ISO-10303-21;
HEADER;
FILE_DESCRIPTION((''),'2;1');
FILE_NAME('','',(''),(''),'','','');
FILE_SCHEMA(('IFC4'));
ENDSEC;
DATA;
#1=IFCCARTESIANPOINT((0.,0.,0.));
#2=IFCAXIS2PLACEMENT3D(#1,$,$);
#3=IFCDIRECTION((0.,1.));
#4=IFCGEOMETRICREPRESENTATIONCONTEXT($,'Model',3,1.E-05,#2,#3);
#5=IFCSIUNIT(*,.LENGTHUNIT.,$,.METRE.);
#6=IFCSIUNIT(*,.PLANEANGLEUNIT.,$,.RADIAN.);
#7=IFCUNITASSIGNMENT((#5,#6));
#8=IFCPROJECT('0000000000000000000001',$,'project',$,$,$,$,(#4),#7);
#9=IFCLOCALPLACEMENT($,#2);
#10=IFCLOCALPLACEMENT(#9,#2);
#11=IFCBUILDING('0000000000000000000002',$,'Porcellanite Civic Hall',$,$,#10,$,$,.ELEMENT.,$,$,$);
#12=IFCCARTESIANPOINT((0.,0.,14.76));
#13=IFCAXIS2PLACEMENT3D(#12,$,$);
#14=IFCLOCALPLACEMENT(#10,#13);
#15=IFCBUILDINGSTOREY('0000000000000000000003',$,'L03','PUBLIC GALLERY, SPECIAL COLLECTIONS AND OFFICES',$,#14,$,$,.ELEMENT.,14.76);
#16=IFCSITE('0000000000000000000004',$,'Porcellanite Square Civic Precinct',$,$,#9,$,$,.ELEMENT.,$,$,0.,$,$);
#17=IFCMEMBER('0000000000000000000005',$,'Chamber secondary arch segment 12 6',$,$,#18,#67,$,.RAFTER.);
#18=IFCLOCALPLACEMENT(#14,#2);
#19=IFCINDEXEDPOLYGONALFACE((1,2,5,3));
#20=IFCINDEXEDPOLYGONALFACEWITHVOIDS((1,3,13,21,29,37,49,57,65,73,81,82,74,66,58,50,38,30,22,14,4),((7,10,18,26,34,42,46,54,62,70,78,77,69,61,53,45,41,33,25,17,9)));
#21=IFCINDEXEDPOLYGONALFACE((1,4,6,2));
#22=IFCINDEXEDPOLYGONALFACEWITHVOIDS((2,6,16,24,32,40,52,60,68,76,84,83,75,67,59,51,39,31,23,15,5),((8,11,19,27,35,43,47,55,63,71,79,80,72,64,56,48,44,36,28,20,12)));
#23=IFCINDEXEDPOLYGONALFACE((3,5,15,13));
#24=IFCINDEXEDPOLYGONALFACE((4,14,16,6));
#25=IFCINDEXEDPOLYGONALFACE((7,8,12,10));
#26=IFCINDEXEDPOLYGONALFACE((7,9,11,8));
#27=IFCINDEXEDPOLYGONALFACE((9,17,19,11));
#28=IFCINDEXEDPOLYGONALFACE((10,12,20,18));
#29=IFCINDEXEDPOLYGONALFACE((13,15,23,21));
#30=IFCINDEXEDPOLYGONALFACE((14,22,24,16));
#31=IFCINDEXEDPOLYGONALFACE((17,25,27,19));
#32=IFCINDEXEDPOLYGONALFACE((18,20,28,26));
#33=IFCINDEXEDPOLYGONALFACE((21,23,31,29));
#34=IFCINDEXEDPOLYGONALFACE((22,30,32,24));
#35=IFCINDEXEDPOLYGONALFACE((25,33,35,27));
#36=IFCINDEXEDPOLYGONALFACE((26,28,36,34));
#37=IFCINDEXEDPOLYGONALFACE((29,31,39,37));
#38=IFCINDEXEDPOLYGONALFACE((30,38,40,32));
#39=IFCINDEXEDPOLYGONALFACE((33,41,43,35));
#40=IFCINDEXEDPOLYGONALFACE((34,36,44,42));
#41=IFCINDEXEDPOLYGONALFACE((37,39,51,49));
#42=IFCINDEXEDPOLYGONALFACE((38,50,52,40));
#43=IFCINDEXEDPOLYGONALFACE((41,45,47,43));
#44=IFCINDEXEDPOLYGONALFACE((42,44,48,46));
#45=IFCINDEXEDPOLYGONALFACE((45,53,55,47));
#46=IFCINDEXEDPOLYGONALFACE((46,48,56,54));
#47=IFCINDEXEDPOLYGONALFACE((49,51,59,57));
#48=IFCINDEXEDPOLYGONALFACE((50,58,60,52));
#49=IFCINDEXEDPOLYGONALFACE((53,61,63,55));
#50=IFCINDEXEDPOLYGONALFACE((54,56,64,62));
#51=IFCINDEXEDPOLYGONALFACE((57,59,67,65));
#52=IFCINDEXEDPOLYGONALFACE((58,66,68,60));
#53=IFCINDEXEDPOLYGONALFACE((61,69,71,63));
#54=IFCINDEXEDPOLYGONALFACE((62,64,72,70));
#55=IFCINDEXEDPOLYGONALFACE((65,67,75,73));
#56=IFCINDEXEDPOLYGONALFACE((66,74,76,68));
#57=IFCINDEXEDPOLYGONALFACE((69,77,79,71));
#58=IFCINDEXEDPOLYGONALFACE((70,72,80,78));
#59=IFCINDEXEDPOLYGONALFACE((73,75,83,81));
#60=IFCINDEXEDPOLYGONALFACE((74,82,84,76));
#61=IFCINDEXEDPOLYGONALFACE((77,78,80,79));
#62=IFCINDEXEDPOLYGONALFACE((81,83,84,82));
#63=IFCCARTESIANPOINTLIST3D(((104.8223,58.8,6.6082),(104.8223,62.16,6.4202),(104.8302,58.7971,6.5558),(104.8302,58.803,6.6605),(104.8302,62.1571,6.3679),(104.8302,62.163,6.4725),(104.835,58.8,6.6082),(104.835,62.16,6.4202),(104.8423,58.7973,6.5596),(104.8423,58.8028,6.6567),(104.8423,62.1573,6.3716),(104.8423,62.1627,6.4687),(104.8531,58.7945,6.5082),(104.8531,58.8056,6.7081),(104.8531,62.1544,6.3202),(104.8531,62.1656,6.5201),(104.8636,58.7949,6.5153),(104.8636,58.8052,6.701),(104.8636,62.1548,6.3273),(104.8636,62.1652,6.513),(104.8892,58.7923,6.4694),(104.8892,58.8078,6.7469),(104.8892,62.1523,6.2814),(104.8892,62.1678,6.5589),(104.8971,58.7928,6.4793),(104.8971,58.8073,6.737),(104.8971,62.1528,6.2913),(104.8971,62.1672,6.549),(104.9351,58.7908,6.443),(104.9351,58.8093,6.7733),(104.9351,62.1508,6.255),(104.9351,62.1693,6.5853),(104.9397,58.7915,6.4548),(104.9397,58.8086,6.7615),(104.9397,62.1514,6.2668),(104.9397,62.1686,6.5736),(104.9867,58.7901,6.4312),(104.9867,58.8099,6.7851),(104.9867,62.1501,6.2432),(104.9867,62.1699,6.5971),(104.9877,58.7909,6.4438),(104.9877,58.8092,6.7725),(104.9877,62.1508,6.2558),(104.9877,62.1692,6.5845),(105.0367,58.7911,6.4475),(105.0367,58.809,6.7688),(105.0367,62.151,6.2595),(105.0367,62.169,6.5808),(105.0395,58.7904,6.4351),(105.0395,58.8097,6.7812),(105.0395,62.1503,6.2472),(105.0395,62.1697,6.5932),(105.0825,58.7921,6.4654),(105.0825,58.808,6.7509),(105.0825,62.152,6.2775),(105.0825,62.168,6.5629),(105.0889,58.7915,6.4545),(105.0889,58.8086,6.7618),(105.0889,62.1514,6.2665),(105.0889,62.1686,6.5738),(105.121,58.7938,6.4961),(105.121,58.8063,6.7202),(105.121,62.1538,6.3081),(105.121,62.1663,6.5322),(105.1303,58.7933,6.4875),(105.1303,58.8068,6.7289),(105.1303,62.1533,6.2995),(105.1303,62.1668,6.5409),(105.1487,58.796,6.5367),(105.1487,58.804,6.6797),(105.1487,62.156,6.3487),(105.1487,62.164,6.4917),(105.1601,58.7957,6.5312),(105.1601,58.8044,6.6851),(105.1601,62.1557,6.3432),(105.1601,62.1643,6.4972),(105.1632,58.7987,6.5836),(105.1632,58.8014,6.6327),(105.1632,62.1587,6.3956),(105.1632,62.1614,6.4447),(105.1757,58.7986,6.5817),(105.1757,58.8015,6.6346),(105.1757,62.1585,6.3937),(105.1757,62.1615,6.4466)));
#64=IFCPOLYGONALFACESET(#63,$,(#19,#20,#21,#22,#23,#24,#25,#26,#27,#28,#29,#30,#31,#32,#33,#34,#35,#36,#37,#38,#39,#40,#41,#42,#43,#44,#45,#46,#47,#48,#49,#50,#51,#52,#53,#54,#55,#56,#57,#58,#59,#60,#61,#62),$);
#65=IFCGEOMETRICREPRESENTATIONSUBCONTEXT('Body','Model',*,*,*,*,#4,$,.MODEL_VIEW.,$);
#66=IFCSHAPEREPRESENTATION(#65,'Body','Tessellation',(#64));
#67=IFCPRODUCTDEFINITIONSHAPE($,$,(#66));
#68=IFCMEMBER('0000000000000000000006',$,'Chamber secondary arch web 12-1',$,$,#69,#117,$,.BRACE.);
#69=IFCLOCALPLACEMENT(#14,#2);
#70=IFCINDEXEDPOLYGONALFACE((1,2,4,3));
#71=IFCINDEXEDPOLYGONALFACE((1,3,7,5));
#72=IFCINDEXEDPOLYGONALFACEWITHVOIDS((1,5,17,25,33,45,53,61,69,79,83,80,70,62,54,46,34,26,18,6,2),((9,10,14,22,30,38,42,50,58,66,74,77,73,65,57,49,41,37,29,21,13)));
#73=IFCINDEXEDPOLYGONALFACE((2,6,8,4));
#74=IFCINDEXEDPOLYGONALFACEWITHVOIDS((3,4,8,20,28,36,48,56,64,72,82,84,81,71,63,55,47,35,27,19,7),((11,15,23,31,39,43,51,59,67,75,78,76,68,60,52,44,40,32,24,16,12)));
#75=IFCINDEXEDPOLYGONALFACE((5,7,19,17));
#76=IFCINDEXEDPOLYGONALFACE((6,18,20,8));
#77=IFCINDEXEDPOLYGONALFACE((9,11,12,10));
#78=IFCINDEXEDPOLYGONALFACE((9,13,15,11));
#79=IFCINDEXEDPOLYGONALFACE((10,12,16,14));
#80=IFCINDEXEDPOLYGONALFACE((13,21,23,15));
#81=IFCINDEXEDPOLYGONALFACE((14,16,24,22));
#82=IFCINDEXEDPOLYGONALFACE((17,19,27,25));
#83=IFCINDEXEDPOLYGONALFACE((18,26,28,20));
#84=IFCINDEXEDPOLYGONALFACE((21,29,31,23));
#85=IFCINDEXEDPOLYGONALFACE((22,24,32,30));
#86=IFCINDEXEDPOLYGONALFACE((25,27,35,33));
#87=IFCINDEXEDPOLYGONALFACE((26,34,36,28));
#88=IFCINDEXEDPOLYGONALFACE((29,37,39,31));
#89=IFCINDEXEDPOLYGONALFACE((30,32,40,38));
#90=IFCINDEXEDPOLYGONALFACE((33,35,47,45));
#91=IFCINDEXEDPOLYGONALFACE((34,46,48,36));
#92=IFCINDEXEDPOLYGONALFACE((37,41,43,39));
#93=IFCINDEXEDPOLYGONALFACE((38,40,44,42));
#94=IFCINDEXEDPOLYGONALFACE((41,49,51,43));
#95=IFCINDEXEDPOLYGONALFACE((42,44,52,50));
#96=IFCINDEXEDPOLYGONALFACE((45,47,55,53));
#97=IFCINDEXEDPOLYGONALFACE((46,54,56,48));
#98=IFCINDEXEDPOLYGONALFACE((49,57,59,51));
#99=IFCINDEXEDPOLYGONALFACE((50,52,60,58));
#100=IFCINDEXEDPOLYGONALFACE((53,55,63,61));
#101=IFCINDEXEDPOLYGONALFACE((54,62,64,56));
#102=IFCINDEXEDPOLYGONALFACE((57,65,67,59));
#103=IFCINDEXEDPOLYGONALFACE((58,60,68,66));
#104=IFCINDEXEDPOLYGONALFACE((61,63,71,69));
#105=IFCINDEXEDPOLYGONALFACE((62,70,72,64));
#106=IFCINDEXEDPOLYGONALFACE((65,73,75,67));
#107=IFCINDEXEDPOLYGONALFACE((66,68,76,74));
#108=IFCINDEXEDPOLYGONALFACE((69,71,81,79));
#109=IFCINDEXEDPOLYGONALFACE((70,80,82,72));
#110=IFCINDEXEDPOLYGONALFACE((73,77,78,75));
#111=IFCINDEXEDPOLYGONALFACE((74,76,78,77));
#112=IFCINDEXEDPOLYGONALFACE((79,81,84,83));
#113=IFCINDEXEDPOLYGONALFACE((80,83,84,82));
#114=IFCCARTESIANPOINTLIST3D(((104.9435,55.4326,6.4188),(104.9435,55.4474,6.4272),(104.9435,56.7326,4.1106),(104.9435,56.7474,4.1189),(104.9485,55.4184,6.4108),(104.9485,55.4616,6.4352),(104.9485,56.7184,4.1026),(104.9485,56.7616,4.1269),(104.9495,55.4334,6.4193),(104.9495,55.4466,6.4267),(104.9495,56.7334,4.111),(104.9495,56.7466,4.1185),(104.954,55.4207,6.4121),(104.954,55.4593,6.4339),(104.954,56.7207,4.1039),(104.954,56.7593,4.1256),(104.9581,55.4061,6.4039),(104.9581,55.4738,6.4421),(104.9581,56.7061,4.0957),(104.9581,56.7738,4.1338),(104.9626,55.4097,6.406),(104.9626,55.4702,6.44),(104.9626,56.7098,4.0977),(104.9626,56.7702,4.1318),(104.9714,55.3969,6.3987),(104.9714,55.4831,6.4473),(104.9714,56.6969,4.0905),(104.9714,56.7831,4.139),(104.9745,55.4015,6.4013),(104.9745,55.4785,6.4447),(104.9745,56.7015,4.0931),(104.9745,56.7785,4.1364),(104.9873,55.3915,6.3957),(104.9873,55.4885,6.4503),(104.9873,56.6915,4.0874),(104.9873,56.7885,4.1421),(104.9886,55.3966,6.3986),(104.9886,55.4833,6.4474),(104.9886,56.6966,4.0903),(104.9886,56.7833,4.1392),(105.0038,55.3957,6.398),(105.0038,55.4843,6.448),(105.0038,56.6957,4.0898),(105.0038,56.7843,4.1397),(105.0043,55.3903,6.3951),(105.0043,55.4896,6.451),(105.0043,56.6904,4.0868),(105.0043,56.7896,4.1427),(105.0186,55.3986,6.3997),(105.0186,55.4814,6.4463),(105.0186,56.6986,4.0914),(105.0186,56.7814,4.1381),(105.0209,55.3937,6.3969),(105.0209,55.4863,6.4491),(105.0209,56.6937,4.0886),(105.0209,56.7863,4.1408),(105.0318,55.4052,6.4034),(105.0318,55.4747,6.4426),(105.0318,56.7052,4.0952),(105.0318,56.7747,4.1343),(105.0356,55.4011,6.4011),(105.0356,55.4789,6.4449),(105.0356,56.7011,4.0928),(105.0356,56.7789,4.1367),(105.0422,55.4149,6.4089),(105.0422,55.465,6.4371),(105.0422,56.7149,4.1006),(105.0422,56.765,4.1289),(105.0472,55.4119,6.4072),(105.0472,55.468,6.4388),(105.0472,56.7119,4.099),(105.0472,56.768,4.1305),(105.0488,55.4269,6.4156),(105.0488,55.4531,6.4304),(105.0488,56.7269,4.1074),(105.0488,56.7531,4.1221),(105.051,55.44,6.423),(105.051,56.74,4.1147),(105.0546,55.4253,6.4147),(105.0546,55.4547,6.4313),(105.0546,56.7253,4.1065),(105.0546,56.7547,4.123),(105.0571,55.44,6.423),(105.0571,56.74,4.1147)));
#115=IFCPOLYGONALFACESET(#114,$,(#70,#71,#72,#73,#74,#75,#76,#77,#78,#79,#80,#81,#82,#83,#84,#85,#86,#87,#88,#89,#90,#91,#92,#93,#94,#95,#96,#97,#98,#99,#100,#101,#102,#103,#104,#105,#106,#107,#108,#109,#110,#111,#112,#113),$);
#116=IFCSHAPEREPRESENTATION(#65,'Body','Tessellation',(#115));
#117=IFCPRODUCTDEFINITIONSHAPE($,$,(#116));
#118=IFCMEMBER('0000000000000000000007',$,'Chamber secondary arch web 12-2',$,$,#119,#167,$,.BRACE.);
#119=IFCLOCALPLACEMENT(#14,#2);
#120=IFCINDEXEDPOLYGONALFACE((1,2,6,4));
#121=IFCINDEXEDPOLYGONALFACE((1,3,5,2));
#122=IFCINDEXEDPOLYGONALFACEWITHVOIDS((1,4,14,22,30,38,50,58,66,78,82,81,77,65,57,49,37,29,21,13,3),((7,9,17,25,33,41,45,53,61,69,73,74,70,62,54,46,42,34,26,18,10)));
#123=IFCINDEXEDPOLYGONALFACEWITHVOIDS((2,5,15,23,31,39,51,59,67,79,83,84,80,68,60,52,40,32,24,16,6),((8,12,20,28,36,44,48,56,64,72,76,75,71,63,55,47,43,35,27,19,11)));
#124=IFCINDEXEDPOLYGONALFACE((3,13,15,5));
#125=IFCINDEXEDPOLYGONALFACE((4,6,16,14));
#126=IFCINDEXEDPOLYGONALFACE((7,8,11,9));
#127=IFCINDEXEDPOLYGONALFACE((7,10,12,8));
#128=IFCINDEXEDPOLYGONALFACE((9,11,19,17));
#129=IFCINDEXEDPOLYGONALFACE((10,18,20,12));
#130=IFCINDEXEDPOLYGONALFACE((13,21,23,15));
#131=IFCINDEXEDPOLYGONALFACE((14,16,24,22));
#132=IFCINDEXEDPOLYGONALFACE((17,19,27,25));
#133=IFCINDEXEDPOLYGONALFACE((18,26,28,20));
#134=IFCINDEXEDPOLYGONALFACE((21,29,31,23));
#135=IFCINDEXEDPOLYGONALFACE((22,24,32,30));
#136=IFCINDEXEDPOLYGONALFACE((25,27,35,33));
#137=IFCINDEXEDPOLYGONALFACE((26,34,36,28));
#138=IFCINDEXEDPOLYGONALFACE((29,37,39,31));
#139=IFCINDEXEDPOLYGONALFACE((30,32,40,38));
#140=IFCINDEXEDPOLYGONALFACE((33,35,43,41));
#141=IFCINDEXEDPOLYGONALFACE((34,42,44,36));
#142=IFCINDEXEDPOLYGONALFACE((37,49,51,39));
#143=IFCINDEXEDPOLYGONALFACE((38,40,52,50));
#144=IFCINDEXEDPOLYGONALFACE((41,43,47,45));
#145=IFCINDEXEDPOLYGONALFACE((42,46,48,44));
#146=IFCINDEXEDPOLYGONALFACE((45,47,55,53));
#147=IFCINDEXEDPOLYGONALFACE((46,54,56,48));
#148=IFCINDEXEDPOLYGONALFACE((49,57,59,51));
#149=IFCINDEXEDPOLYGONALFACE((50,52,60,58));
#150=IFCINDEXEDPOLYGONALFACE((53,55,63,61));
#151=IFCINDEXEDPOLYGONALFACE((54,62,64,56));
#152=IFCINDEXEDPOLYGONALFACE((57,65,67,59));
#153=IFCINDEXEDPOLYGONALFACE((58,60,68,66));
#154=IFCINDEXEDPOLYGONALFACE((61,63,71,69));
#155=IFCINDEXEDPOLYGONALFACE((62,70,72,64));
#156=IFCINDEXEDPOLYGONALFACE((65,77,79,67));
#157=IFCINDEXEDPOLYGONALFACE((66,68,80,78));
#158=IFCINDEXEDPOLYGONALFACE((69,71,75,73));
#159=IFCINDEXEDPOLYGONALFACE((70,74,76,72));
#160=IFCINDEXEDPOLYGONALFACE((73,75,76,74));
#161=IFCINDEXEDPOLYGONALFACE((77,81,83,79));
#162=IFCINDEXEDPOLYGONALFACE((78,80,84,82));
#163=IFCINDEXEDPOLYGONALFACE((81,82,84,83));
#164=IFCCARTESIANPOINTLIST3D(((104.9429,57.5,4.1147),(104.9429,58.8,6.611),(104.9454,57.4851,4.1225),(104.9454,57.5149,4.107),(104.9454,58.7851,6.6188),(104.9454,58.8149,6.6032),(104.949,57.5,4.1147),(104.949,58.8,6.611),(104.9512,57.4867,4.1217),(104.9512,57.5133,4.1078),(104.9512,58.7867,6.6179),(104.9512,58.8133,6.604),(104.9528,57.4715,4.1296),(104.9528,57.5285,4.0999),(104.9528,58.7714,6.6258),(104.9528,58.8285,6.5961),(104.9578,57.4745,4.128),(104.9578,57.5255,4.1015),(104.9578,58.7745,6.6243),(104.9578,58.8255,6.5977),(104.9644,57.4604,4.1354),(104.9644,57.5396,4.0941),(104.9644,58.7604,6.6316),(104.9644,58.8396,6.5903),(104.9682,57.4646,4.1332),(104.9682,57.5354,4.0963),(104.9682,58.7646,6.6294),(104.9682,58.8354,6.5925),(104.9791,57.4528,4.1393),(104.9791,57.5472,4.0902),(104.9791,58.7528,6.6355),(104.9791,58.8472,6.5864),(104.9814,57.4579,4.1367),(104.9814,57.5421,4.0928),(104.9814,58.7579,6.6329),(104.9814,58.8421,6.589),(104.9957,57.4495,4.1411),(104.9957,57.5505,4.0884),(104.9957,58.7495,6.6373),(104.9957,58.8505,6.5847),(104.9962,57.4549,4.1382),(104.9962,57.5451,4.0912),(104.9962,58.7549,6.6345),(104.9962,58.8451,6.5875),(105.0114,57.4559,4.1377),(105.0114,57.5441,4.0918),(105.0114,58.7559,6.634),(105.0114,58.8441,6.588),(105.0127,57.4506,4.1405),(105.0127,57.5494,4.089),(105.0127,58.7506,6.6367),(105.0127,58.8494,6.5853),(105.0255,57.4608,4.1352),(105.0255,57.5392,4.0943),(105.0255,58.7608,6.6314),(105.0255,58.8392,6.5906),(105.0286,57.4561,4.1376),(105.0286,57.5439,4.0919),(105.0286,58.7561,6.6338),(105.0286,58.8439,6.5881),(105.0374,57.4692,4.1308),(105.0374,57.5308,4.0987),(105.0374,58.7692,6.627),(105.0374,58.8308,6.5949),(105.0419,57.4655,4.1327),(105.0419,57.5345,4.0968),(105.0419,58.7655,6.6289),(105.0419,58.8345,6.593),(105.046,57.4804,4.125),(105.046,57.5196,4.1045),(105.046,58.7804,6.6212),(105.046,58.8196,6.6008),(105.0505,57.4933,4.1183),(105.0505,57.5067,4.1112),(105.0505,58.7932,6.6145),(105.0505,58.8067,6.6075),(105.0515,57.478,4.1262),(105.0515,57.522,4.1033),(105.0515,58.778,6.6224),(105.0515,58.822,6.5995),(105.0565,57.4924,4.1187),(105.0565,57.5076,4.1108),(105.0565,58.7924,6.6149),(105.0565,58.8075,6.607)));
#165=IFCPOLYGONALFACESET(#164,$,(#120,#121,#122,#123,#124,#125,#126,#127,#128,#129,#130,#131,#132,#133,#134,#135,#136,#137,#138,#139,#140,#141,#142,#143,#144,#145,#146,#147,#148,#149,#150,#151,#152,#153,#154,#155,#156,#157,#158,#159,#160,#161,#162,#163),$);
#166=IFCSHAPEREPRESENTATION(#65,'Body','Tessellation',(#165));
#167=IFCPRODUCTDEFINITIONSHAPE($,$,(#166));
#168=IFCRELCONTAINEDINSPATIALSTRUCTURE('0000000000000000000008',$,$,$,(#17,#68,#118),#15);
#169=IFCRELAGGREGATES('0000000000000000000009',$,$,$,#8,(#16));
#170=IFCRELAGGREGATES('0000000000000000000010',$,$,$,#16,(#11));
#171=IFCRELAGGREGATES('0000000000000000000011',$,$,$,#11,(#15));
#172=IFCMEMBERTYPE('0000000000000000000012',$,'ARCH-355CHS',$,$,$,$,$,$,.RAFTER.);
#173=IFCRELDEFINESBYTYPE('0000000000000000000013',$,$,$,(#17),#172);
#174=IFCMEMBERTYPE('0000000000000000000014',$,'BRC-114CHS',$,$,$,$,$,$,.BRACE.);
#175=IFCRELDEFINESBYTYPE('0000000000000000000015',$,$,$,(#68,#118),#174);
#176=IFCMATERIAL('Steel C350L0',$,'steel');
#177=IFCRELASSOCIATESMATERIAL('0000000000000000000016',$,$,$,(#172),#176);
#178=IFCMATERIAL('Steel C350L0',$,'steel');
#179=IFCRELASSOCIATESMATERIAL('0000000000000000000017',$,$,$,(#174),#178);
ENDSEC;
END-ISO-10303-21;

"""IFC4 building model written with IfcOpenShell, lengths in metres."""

from ifc_helpers import new_model, si_unit, direction, frame, origin, origin_2d, place, context, subcontext, project, spatial, hollow_circle, extrude, material, material_profile, profile_set, type_object, element, save


model = new_model("IFC4")

# Units and contexts
model_context = context("Model", 3, precision=1e-05, world=origin(), true_north=direction((0.0, 1.0)))
body_context = subcontext(model_context, "Body", "Model", "MODEL_VIEW")
ifc_project = project(units=[si_unit("LENGTHUNIT", "METRE"), si_unit("PLANEANGLEUNIT", "RADIAN")], contexts=[model_context])

# Site, building, storey
site_placement = place(None, origin())
site = spatial("IfcSite", under=ifc_project, at=site_placement, Name="Porcellanite Square Civic Precinct", CompositionType="ELEMENT", RefElevation=0.0)
building_placement = place(site_placement, origin())
building = spatial("IfcBuilding", under=site, at=building_placement, Name="Porcellanite Civic Hall", CompositionType="ELEMENT")
storey_placement = place(building_placement, frame((0.0, 0.0, 14.76)))
storey = spatial("IfcBuildingStorey", under=building, at=storey_placement, Name="L03", Description="PUBLIC GALLERY, SPECIAL COLLECTIONS AND OFFICES", CompositionType="ELEMENT", Elevation=14.76)

# Members
ifc_material_1 = material(Name="Steel C350L0", Category="steel")
ifc_material_profile_1 = material_profile(ifc_material_1, hollow_circle(Radius=0.1777, WallThickness=0.0127, at=origin_2d()), Name="355.6x12.7CHS")
ifc_profile_set_1 = profile_set([ifc_material_profile_1], Name="Steel C350L0")
member_type_1 = type_object("IfcMemberType", Name="ARCH-355CHS", PredefinedType="RAFTER", material=ifc_profile_set_1)
member_1_placement = place(storey_placement, frame((105.0, 58.8, 6.6082), z_axis=(0.0, 0.998438, -0.055864), x_axis=(-1.0, 0.0, 0.0)))
element("IfcMember", 1, at=member_1_placement, inside=storey, type_object=member_type_1, Name="Chamber secondary arch segment 12 6", PredefinedType="RAFTER", context=body_context, shape_type="SweptSolid", body=[
    extrude(hollow_circle(Radius=0.1777, WallThickness=0.0127, at=origin_2d()), origin(), (0.0, 0.0, 1.0), 3.3652),
])
ifc_material_2 = material(Name="Steel C350L0", Category="steel")
ifc_material_profile_2 = material_profile(ifc_material_2, hollow_circle(Radius=0.0571, WallThickness=0.0061, at=origin_2d()), Name="114.3x6.0CHS")
ifc_profile_set_2 = profile_set([ifc_material_profile_2], Name="Steel C350L0")
member_type_2 = type_object("IfcMemberType", Name="BRC-114CHS", PredefinedType="BRACE", material=ifc_profile_set_2)
member_2_placement = place(storey_placement, frame((105.0, 56.74, 4.1147), z_axis=(0.0, -0.490721, 0.871317), x_axis=(1.0, 0.0, 0.0)))
element("IfcMember", 2, at=member_2_placement, inside=storey, type_object=member_type_2, Name="Chamber secondary arch web 12-1", PredefinedType="BRACE", context=body_context, shape_type="SweptSolid", body=[
    extrude(hollow_circle(Radius=0.0571, WallThickness=0.0061, at=origin_2d()), origin(), (0.0, 0.0, 1.0), 2.6492),
])
member_3_placement = place(storey_placement, frame((105.0, 57.5, 4.1147), z_axis=(0.0, 0.461899, 0.886933), x_axis=(-1.0, 0.0, 0.0)))
element("IfcMember", 3, at=member_3_placement, inside=storey, type_object=member_type_2, Name="Chamber secondary arch web 12-2", PredefinedType="BRACE", context=body_context, shape_type="SweptSolid", body=[
    extrude(hollow_circle(Radius=0.0571, WallThickness=0.0061, at=origin_2d()), origin(), (0.0, 0.0, 1.0), 2.8145),
])

save(model, "model.ifc")
